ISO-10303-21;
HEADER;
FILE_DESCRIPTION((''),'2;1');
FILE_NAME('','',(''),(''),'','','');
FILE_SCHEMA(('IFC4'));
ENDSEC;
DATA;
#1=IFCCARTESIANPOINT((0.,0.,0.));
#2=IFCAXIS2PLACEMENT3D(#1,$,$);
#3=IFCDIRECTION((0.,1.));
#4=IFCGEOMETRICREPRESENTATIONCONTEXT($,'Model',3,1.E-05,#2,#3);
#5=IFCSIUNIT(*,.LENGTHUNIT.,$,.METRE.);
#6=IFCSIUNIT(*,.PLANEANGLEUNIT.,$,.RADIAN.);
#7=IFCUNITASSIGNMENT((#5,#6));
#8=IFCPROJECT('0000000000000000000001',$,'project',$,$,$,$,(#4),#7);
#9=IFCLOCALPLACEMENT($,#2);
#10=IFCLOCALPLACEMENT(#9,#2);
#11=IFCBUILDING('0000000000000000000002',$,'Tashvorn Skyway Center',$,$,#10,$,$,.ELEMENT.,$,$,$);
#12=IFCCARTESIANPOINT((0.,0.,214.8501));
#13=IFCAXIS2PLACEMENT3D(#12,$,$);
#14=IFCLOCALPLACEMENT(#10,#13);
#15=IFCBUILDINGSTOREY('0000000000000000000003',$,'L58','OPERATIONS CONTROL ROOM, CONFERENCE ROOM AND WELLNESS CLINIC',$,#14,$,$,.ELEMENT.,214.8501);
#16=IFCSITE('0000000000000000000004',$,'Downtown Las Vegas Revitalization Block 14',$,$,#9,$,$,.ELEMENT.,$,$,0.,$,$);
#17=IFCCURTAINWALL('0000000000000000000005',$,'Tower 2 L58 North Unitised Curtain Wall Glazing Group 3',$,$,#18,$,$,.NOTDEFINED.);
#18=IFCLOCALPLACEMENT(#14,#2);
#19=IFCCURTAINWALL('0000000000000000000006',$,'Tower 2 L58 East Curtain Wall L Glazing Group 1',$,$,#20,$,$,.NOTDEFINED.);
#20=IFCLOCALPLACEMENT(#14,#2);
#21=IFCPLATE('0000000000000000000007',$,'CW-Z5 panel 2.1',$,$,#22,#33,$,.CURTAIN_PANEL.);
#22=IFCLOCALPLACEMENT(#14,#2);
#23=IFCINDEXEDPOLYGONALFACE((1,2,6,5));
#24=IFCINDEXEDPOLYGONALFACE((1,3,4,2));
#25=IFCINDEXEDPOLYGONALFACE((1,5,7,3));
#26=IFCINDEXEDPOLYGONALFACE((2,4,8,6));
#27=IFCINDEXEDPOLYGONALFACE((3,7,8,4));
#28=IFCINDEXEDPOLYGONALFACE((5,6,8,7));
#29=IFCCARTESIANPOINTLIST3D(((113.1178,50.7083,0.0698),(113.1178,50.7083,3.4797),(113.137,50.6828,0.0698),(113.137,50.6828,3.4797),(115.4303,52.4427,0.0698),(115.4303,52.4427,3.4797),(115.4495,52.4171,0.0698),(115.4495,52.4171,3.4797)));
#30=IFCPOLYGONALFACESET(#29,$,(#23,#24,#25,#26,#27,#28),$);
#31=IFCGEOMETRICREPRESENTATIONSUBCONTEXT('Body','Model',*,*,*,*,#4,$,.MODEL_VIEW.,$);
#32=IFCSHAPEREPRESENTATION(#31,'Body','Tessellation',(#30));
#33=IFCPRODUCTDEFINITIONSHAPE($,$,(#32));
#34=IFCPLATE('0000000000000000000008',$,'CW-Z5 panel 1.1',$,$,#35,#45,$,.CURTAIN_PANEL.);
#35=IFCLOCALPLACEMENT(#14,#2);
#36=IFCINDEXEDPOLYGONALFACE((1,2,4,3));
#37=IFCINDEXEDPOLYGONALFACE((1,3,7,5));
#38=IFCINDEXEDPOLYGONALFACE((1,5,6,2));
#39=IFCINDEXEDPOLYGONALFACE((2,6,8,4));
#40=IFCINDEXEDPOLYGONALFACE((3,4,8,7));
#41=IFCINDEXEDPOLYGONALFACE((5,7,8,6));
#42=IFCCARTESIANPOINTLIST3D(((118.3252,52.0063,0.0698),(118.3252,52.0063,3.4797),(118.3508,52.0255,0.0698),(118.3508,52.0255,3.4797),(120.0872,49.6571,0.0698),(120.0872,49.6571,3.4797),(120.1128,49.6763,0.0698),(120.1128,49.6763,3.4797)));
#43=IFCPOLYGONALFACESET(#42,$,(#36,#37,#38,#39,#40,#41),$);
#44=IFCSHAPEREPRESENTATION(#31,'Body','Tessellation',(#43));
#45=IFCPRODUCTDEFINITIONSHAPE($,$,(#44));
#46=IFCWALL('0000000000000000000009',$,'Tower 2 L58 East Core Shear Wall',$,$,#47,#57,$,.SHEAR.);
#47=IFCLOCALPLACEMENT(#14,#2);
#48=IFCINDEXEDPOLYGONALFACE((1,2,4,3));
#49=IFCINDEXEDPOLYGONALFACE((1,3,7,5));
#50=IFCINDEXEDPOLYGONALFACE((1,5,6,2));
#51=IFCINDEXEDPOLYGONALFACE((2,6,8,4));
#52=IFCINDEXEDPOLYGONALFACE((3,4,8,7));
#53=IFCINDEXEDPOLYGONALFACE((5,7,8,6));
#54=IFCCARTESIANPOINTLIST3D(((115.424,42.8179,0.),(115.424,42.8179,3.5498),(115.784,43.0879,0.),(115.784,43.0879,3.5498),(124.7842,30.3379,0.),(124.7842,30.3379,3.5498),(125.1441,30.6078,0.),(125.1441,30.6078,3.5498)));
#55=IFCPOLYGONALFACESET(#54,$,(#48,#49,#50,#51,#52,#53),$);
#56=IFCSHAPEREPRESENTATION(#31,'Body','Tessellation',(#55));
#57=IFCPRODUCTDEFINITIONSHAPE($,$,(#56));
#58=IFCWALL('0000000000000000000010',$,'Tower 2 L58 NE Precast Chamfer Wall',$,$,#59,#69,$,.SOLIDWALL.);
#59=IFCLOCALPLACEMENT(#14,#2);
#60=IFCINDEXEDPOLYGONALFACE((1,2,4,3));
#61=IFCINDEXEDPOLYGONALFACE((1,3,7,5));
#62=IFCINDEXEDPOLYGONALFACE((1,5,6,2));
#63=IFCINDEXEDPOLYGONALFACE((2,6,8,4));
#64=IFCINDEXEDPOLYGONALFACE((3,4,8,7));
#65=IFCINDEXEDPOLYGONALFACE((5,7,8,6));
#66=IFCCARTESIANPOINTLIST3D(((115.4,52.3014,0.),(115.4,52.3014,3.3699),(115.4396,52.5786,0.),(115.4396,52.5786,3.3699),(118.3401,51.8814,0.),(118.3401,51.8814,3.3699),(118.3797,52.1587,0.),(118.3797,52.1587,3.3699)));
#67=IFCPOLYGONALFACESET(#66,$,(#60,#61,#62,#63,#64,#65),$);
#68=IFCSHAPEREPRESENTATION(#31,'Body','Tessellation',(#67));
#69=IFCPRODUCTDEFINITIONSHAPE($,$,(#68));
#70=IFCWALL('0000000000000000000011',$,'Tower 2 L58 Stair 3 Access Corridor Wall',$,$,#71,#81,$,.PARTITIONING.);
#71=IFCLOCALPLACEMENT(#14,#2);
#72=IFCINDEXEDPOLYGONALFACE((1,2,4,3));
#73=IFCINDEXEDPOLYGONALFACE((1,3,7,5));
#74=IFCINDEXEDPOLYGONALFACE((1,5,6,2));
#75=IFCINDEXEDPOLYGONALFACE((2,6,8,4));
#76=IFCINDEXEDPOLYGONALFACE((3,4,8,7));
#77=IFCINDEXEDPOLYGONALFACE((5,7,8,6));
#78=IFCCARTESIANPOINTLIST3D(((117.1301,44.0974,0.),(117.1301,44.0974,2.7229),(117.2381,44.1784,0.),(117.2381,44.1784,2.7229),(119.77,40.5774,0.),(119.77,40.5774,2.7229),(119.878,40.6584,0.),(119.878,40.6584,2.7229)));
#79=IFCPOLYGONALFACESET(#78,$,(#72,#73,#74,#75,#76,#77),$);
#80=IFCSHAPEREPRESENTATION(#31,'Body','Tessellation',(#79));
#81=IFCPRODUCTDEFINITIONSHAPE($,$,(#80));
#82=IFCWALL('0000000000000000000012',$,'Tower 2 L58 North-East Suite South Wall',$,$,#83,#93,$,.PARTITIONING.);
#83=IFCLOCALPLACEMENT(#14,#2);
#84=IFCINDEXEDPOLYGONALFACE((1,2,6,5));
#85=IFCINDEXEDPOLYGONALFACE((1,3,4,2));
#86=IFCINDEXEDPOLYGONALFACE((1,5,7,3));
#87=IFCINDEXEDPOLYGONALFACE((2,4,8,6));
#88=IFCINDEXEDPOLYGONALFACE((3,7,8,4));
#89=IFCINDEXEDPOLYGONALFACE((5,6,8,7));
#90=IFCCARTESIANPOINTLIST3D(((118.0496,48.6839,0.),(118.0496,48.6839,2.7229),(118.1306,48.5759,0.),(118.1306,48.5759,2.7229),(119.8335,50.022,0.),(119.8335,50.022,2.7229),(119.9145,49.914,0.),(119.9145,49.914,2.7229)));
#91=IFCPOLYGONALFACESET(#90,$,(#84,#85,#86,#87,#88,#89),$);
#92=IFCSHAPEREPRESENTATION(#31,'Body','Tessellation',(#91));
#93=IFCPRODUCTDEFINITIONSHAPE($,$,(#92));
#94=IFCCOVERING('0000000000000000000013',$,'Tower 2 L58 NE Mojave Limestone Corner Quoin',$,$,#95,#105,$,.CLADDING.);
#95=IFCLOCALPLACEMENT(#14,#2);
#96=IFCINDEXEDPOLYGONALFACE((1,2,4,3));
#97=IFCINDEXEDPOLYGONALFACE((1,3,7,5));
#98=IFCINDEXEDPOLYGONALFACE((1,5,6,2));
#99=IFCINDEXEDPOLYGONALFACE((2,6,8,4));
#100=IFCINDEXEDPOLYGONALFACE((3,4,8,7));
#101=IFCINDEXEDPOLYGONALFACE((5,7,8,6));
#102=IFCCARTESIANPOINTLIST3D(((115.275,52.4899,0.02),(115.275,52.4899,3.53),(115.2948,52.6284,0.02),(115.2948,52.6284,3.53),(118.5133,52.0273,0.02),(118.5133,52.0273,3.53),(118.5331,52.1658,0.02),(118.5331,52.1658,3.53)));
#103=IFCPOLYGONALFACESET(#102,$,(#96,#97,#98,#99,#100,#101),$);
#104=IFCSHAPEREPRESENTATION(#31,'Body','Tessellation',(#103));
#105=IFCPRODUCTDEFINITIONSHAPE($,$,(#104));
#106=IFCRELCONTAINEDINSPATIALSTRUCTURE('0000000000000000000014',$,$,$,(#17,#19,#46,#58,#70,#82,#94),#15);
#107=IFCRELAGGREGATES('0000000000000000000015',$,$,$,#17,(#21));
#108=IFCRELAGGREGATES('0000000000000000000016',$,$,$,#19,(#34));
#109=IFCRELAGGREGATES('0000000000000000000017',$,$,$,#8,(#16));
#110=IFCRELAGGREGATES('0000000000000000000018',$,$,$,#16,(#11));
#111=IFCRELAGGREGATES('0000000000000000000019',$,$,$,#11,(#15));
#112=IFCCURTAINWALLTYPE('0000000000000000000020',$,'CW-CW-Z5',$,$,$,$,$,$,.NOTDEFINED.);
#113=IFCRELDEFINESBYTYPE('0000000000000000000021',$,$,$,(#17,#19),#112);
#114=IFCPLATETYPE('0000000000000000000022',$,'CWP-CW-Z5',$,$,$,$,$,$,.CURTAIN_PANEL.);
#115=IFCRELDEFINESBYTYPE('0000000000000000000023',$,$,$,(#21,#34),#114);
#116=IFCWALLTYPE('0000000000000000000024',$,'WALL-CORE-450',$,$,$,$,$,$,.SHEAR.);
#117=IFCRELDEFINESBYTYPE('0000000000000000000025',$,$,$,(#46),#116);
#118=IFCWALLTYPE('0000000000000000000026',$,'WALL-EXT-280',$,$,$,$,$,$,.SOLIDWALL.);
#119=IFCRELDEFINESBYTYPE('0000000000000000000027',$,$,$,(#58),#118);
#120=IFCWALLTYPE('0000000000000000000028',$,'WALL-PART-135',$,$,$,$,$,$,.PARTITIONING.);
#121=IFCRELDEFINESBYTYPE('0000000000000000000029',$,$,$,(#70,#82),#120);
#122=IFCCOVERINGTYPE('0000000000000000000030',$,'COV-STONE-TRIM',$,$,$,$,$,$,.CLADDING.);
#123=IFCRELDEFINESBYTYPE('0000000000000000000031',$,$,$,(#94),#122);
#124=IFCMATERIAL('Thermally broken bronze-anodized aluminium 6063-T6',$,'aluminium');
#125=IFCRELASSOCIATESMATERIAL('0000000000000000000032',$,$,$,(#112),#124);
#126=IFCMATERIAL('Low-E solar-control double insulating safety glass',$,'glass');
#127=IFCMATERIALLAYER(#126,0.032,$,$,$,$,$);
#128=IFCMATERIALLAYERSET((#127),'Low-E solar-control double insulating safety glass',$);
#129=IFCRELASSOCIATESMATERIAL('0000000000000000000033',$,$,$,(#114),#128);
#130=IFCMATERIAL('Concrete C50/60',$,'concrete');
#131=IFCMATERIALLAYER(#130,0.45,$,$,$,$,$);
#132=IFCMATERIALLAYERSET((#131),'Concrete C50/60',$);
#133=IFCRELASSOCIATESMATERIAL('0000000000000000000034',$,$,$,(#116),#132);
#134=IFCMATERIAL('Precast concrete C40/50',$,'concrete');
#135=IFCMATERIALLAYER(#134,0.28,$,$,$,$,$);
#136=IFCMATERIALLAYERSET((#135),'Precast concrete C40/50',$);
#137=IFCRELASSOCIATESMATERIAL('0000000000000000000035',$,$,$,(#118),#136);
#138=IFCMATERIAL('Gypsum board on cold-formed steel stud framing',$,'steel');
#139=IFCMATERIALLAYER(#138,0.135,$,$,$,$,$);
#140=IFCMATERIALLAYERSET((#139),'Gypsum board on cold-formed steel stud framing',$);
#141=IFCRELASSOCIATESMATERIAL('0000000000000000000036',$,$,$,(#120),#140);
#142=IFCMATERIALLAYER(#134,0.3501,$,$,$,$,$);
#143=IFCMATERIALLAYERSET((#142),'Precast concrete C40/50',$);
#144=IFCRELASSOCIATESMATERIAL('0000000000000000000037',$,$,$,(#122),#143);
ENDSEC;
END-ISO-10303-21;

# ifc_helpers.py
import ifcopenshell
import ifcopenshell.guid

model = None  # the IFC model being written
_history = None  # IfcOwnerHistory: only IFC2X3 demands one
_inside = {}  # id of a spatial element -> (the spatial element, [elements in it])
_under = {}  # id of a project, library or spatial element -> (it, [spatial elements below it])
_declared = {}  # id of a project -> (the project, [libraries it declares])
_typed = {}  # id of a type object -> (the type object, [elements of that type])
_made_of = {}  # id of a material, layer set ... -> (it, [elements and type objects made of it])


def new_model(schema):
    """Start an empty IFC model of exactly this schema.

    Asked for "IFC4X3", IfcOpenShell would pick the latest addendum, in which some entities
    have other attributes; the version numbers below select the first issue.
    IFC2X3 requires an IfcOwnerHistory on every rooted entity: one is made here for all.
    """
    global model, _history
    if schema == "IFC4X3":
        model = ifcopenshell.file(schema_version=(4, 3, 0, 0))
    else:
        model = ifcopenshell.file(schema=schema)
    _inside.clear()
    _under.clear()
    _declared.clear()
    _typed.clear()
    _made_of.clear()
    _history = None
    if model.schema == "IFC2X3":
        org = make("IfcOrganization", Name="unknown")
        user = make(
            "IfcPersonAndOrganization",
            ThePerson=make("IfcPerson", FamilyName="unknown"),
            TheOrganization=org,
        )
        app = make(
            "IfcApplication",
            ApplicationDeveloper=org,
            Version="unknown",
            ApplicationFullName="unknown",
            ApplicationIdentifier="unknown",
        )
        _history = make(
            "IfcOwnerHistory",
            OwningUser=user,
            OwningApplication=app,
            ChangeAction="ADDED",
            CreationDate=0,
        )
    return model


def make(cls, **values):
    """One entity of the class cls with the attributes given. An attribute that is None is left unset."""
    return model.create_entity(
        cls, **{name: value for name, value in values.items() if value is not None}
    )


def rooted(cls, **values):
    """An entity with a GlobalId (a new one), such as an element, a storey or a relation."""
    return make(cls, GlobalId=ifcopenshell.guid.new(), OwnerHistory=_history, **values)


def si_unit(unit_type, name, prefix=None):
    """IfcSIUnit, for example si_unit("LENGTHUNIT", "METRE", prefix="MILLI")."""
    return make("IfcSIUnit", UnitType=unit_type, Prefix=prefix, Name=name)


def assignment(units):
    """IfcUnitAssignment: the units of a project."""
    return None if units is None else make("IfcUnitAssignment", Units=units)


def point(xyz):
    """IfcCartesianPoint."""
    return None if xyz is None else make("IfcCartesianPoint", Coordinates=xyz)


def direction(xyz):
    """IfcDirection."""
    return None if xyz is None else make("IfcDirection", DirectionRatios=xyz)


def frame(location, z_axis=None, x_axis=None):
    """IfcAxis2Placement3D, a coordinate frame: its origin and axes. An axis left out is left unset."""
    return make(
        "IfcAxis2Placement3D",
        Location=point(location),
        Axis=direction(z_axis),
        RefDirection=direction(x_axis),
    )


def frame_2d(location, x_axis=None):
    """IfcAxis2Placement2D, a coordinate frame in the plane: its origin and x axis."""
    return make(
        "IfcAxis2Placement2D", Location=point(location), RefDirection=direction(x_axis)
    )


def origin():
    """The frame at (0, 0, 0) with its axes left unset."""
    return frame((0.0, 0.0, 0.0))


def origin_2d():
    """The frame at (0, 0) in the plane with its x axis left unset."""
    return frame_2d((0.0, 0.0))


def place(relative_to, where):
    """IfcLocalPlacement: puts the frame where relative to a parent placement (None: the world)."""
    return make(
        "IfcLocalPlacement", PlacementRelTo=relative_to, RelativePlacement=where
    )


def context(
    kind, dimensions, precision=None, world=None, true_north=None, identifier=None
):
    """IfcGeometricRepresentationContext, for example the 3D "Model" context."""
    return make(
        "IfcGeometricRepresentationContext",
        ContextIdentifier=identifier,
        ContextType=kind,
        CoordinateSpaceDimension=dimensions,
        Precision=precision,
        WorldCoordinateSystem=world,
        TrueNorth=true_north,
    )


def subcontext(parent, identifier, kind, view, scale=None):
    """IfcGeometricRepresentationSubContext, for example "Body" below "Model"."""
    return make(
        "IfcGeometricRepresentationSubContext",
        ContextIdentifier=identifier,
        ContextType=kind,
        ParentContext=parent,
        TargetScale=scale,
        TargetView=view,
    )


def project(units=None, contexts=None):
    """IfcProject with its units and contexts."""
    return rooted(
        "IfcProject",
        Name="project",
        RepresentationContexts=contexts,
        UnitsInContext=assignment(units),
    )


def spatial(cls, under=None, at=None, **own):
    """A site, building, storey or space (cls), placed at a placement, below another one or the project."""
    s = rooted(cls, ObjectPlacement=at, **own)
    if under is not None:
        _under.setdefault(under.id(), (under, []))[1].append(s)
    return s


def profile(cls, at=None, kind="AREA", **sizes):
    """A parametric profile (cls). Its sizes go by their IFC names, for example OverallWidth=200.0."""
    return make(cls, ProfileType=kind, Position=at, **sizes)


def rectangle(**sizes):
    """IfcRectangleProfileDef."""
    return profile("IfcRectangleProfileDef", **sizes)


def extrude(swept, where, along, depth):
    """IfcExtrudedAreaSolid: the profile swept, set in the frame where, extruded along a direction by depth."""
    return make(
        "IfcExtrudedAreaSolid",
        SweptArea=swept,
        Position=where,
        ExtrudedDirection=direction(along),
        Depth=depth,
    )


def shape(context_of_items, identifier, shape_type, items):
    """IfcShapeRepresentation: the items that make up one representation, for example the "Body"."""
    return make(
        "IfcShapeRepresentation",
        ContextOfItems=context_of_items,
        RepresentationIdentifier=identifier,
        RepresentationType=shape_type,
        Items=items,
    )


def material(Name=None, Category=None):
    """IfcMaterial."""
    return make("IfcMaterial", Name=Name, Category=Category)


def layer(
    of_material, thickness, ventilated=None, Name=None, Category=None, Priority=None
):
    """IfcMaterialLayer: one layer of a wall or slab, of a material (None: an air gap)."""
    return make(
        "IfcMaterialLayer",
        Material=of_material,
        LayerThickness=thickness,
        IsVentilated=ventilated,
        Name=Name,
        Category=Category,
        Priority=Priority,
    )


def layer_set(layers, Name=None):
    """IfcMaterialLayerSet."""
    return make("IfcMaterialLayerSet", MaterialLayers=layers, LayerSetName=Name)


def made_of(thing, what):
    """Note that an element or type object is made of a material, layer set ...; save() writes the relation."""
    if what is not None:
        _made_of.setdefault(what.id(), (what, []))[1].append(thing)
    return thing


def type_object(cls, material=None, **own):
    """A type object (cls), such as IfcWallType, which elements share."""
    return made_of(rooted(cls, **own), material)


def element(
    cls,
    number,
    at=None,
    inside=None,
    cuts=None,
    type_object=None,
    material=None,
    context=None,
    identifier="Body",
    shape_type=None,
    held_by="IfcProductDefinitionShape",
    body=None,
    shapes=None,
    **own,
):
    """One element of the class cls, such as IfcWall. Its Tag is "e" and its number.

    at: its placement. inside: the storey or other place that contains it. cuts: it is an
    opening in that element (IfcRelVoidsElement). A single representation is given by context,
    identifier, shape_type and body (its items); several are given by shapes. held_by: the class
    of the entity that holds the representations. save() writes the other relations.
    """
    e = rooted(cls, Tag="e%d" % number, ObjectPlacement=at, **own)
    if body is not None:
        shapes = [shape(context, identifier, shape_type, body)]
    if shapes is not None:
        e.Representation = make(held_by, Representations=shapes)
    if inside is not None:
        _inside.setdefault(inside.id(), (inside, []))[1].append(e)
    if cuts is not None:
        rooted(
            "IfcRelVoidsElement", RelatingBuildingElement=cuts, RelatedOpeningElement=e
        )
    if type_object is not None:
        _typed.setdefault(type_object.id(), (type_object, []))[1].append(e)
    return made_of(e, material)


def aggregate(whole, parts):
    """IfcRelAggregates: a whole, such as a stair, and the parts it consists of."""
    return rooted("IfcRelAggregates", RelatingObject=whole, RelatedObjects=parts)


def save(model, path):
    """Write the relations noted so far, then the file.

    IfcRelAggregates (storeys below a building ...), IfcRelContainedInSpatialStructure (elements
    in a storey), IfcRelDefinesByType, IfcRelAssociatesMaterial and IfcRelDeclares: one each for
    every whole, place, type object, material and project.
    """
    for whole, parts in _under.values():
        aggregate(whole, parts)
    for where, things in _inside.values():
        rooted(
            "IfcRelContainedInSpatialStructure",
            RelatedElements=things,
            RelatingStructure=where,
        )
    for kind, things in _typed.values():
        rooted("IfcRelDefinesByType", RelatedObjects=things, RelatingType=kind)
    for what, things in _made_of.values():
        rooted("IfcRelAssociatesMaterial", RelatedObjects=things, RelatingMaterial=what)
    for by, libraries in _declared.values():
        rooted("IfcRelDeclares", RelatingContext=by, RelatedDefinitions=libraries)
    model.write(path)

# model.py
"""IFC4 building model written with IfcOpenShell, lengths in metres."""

from ifc_helpers import new_model, si_unit, direction, frame, frame_2d, origin, origin_2d, place, context, subcontext, project, spatial, rectangle, extrude, material, layer, layer_set, type_object, element, aggregate, save


model = new_model("IFC4")

# Units and contexts
model_context = context("Model", 3, precision=1e-05, world=origin(), true_north=direction((0.0, 1.0)))
body_context = subcontext(model_context, "Body", "Model", "MODEL_VIEW")
ifc_project = project(units=[si_unit("LENGTHUNIT", "METRE"), si_unit("PLANEANGLEUNIT", "RADIAN")], contexts=[model_context])

# Site, building, storey
site_placement = place(None, origin())
site = spatial("IfcSite", under=ifc_project, at=site_placement, Name="Downtown Las Vegas Revitalization Block 14", CompositionType="ELEMENT", RefElevation=0.0)
building_placement = place(site_placement, origin())
building = spatial("IfcBuilding", under=site, at=building_placement, Name="Tashvorn Skyway Center", CompositionType="ELEMENT")
storey_placement = place(building_placement, frame((0.0, 0.0, 214.8501)))
storey = spatial("IfcBuildingStorey", under=building, at=storey_placement, Name="L58", Description="OPERATIONS CONTROL ROOM, CONFERENCE ROOM AND WELLNESS CLINIC", CompositionType="ELEMENT", Elevation=214.8501)

# Curtain walls
ifc_material_1 = material(Name="Thermally broken bronze-anodized aluminium 6063-T6", Category="aluminium")
curtain_wall_type = type_object("IfcCurtainWallType", Name="CW-CW-Z5", PredefinedType="NOTDEFINED", material=ifc_material_1)
curtain_wall_1_placement = place(storey_placement, origin())
curtain_wall_1 = element("IfcCurtainWall", 1, at=curtain_wall_1_placement, inside=storey, type_object=curtain_wall_type, Name="Tower 2 L58 North Unitised Curtain Wall Glazing Group 3", PredefinedType="NOTDEFINED")
curtain_wall_2_placement = place(storey_placement, origin())
curtain_wall_2 = element("IfcCurtainWall", 2, at=curtain_wall_2_placement, inside=storey, type_object=curtain_wall_type, Name="Tower 2 L58 East Curtain Wall L Glazing Group 1", PredefinedType="NOTDEFINED")

# Plates
ifc_material_2 = material(Name="Low-E solar-control double insulating safety glass", Category="glass")
ifc_layer_1 = layer(ifc_material_2, 0.032)
ifc_layer_set_1 = layer_set([ifc_layer_1], Name="Low-E solar-control double insulating safety glass")
plate_type = type_object("IfcPlateType", Name="CWP-CW-Z5", PredefinedType="CURTAIN_PANEL", material=ifc_layer_set_1)
plate_1_placement = place(storey_placement, frame((114.2837, 51.5627, 0.0698), z_axis=(0.0, 0.0, 1.0), x_axis=(0.799998, 0.600003, 0.0)))
plate_1 = element("IfcPlate", 3, at=plate_1_placement, type_object=plate_type, Name="CW-Z5 panel 2.1", PredefinedType="CURTAIN_PANEL", context=body_context, shape_type="SweptSolid", body=[
    extrude(rectangle(XDim=2.8906, YDim=0.032, at=origin_2d()), origin(), (0.0, 0.0, 1.0), 3.4099),
])
aggregate(curtain_wall_1, [plate_1])
plate_2_placement = place(storey_placement, frame((119.219, 50.8413, 0.0698), z_axis=(0.0, 0.0, 1.0), x_axis=(0.600005, -0.799996, 0.0)))
plate_2 = element("IfcPlate", 4, at=plate_2_placement, type_object=plate_type, Name="CW-Z5 panel 1.1", PredefinedType="CURTAIN_PANEL", context=body_context, shape_type="SweptSolid", body=[
    extrude(rectangle(XDim=2.9365, YDim=0.032, at=origin_2d()), origin(), (0.0, 0.0, 1.0), 3.4099),
])
aggregate(curtain_wall_2, [plate_2])

# Walls
ifc_material_3 = material(Name="Concrete C50/60", Category="concrete")
ifc_layer_2 = layer(ifc_material_3, 0.45)
ifc_layer_set_2 = layer_set([ifc_layer_2], Name="Concrete C50/60")
wall_type_1 = type_object("IfcWallType", Name="WALL-CORE-450", PredefinedType="SHEAR", material=ifc_layer_set_2)
wall_1_placement = place(storey_placement, frame((115.604, 42.9529, 0.0), z_axis=(0.0, 0.0, 1.0), x_axis=(0.600005, -0.799996, 0.0)))
element("IfcWall", 5, at=wall_1_placement, inside=storey, type_object=wall_type_1, Name="Tower 2 L58 East Core Shear Wall", PredefinedType="SHEAR", context=body_context, shape_type="SweptSolid", body=[
    extrude(rectangle(XDim=15.6001, YDim=0.45, at=frame_2d((7.8, 0.0))), origin(), (0.0, 0.0, 1.0), 3.5498),
])
ifc_material_4 = material(Name="Precast concrete C40/50", Category="concrete")
ifc_layer_3 = layer(ifc_material_4, 0.28)
ifc_layer_set_3 = layer_set([ifc_layer_3], Name="Precast concrete C40/50")
wall_type_2 = type_object("IfcWallType", Name="WALL-EXT-280", PredefinedType="SOLIDWALL", material=ifc_layer_set_3)
wall_2_placement = place(storey_placement, frame((115.4199, 52.4399, 0.0), z_axis=(0.0, 0.0, 1.0), x_axis=(0.989954, -0.141387, 0.0)))
element("IfcWall", 6, at=wall_2_placement, inside=storey, type_object=wall_type_2, Name="Tower 2 L58 NE Precast Chamfer Wall", PredefinedType="SOLIDWALL", context=body_context, shape_type="SweptSolid", body=[
    extrude(rectangle(XDim=2.97, YDim=0.28, at=frame_2d((1.4849, 0.0))), origin(), (0.0, 0.0, 1.0), 3.3699),
])
ifc_material_5 = material(Name="Gypsum board on cold-formed steel stud framing", Category="steel")
ifc_layer_4 = layer(ifc_material_5, 0.135)
ifc_layer_set_4 = layer_set([ifc_layer_4], Name="Gypsum board on cold-formed steel stud framing")
wall_type_3 = type_object("IfcWallType", Name="WALL-PART-135", PredefinedType="PARTITIONING", material=ifc_layer_set_4)
wall_3_placement = place(storey_placement, frame((119.824, 40.6179, 0.0), z_axis=(0.0, 0.0, 1.0), x_axis=(-0.599982, 0.800013, 0.0)))
element("IfcWall", 7, at=wall_3_placement, inside=storey, type_object=wall_type_3, Name="Tower 2 L58 Stair 3 Access Corridor Wall", PredefinedType="PARTITIONING", context=body_context, shape_type="SweptSolid", body=[
    extrude(rectangle(XDim=4.3999, YDim=0.135, at=frame_2d((2.2, 0.0))), origin(), (0.0, 0.0, 1.0), 2.7229),
])
wall_4_placement = place(storey_placement, frame((118.0901, 48.6299, 0.0), z_axis=(0.0, 0.0, 1.0), x_axis=(0.799961, 0.600053, 0.0)))
element("IfcWall", 8, at=wall_4_placement, inside=storey, type_object=wall_type_3, Name="Tower 2 L58 North-East Suite South Wall", PredefinedType="PARTITIONING", context=body_context, shape_type="SweptSolid", body=[
    extrude(rectangle(XDim=2.23, YDim=0.135, at=frame_2d((1.115, 0.0))), origin(), (0.0, 0.0, 1.0), 2.7229),
])

# Covering
ifc_layer_5 = layer(ifc_material_4, 0.3501)
ifc_layer_set_5 = layer_set([ifc_layer_5], Name="Precast concrete C40/50")
covering_type = type_object("IfcCoveringType", Name="COV-STONE-TRIM", PredefinedType="CLADDING", material=ifc_layer_set_5)
covering_placement = place(storey_placement, frame((116.9041, 52.3279, 0.02), z_axis=(0.0, 0.0, 1.0), x_axis=(0.989949, -0.141421, 0.0)))
element("IfcCovering", 9, at=covering_placement, inside=storey, type_object=covering_type, Name="Tower 2 L58 NE Mojave Limestone Corner Quoin", PredefinedType="CLADDING", context=body_context, shape_type="SweptSolid", body=[
    extrude(rectangle(XDim=3.2712, YDim=0.1399, at=origin_2d()), origin(), (0.0, 0.0, 1.0), 3.51),
])

save(model, "model.ifc")
